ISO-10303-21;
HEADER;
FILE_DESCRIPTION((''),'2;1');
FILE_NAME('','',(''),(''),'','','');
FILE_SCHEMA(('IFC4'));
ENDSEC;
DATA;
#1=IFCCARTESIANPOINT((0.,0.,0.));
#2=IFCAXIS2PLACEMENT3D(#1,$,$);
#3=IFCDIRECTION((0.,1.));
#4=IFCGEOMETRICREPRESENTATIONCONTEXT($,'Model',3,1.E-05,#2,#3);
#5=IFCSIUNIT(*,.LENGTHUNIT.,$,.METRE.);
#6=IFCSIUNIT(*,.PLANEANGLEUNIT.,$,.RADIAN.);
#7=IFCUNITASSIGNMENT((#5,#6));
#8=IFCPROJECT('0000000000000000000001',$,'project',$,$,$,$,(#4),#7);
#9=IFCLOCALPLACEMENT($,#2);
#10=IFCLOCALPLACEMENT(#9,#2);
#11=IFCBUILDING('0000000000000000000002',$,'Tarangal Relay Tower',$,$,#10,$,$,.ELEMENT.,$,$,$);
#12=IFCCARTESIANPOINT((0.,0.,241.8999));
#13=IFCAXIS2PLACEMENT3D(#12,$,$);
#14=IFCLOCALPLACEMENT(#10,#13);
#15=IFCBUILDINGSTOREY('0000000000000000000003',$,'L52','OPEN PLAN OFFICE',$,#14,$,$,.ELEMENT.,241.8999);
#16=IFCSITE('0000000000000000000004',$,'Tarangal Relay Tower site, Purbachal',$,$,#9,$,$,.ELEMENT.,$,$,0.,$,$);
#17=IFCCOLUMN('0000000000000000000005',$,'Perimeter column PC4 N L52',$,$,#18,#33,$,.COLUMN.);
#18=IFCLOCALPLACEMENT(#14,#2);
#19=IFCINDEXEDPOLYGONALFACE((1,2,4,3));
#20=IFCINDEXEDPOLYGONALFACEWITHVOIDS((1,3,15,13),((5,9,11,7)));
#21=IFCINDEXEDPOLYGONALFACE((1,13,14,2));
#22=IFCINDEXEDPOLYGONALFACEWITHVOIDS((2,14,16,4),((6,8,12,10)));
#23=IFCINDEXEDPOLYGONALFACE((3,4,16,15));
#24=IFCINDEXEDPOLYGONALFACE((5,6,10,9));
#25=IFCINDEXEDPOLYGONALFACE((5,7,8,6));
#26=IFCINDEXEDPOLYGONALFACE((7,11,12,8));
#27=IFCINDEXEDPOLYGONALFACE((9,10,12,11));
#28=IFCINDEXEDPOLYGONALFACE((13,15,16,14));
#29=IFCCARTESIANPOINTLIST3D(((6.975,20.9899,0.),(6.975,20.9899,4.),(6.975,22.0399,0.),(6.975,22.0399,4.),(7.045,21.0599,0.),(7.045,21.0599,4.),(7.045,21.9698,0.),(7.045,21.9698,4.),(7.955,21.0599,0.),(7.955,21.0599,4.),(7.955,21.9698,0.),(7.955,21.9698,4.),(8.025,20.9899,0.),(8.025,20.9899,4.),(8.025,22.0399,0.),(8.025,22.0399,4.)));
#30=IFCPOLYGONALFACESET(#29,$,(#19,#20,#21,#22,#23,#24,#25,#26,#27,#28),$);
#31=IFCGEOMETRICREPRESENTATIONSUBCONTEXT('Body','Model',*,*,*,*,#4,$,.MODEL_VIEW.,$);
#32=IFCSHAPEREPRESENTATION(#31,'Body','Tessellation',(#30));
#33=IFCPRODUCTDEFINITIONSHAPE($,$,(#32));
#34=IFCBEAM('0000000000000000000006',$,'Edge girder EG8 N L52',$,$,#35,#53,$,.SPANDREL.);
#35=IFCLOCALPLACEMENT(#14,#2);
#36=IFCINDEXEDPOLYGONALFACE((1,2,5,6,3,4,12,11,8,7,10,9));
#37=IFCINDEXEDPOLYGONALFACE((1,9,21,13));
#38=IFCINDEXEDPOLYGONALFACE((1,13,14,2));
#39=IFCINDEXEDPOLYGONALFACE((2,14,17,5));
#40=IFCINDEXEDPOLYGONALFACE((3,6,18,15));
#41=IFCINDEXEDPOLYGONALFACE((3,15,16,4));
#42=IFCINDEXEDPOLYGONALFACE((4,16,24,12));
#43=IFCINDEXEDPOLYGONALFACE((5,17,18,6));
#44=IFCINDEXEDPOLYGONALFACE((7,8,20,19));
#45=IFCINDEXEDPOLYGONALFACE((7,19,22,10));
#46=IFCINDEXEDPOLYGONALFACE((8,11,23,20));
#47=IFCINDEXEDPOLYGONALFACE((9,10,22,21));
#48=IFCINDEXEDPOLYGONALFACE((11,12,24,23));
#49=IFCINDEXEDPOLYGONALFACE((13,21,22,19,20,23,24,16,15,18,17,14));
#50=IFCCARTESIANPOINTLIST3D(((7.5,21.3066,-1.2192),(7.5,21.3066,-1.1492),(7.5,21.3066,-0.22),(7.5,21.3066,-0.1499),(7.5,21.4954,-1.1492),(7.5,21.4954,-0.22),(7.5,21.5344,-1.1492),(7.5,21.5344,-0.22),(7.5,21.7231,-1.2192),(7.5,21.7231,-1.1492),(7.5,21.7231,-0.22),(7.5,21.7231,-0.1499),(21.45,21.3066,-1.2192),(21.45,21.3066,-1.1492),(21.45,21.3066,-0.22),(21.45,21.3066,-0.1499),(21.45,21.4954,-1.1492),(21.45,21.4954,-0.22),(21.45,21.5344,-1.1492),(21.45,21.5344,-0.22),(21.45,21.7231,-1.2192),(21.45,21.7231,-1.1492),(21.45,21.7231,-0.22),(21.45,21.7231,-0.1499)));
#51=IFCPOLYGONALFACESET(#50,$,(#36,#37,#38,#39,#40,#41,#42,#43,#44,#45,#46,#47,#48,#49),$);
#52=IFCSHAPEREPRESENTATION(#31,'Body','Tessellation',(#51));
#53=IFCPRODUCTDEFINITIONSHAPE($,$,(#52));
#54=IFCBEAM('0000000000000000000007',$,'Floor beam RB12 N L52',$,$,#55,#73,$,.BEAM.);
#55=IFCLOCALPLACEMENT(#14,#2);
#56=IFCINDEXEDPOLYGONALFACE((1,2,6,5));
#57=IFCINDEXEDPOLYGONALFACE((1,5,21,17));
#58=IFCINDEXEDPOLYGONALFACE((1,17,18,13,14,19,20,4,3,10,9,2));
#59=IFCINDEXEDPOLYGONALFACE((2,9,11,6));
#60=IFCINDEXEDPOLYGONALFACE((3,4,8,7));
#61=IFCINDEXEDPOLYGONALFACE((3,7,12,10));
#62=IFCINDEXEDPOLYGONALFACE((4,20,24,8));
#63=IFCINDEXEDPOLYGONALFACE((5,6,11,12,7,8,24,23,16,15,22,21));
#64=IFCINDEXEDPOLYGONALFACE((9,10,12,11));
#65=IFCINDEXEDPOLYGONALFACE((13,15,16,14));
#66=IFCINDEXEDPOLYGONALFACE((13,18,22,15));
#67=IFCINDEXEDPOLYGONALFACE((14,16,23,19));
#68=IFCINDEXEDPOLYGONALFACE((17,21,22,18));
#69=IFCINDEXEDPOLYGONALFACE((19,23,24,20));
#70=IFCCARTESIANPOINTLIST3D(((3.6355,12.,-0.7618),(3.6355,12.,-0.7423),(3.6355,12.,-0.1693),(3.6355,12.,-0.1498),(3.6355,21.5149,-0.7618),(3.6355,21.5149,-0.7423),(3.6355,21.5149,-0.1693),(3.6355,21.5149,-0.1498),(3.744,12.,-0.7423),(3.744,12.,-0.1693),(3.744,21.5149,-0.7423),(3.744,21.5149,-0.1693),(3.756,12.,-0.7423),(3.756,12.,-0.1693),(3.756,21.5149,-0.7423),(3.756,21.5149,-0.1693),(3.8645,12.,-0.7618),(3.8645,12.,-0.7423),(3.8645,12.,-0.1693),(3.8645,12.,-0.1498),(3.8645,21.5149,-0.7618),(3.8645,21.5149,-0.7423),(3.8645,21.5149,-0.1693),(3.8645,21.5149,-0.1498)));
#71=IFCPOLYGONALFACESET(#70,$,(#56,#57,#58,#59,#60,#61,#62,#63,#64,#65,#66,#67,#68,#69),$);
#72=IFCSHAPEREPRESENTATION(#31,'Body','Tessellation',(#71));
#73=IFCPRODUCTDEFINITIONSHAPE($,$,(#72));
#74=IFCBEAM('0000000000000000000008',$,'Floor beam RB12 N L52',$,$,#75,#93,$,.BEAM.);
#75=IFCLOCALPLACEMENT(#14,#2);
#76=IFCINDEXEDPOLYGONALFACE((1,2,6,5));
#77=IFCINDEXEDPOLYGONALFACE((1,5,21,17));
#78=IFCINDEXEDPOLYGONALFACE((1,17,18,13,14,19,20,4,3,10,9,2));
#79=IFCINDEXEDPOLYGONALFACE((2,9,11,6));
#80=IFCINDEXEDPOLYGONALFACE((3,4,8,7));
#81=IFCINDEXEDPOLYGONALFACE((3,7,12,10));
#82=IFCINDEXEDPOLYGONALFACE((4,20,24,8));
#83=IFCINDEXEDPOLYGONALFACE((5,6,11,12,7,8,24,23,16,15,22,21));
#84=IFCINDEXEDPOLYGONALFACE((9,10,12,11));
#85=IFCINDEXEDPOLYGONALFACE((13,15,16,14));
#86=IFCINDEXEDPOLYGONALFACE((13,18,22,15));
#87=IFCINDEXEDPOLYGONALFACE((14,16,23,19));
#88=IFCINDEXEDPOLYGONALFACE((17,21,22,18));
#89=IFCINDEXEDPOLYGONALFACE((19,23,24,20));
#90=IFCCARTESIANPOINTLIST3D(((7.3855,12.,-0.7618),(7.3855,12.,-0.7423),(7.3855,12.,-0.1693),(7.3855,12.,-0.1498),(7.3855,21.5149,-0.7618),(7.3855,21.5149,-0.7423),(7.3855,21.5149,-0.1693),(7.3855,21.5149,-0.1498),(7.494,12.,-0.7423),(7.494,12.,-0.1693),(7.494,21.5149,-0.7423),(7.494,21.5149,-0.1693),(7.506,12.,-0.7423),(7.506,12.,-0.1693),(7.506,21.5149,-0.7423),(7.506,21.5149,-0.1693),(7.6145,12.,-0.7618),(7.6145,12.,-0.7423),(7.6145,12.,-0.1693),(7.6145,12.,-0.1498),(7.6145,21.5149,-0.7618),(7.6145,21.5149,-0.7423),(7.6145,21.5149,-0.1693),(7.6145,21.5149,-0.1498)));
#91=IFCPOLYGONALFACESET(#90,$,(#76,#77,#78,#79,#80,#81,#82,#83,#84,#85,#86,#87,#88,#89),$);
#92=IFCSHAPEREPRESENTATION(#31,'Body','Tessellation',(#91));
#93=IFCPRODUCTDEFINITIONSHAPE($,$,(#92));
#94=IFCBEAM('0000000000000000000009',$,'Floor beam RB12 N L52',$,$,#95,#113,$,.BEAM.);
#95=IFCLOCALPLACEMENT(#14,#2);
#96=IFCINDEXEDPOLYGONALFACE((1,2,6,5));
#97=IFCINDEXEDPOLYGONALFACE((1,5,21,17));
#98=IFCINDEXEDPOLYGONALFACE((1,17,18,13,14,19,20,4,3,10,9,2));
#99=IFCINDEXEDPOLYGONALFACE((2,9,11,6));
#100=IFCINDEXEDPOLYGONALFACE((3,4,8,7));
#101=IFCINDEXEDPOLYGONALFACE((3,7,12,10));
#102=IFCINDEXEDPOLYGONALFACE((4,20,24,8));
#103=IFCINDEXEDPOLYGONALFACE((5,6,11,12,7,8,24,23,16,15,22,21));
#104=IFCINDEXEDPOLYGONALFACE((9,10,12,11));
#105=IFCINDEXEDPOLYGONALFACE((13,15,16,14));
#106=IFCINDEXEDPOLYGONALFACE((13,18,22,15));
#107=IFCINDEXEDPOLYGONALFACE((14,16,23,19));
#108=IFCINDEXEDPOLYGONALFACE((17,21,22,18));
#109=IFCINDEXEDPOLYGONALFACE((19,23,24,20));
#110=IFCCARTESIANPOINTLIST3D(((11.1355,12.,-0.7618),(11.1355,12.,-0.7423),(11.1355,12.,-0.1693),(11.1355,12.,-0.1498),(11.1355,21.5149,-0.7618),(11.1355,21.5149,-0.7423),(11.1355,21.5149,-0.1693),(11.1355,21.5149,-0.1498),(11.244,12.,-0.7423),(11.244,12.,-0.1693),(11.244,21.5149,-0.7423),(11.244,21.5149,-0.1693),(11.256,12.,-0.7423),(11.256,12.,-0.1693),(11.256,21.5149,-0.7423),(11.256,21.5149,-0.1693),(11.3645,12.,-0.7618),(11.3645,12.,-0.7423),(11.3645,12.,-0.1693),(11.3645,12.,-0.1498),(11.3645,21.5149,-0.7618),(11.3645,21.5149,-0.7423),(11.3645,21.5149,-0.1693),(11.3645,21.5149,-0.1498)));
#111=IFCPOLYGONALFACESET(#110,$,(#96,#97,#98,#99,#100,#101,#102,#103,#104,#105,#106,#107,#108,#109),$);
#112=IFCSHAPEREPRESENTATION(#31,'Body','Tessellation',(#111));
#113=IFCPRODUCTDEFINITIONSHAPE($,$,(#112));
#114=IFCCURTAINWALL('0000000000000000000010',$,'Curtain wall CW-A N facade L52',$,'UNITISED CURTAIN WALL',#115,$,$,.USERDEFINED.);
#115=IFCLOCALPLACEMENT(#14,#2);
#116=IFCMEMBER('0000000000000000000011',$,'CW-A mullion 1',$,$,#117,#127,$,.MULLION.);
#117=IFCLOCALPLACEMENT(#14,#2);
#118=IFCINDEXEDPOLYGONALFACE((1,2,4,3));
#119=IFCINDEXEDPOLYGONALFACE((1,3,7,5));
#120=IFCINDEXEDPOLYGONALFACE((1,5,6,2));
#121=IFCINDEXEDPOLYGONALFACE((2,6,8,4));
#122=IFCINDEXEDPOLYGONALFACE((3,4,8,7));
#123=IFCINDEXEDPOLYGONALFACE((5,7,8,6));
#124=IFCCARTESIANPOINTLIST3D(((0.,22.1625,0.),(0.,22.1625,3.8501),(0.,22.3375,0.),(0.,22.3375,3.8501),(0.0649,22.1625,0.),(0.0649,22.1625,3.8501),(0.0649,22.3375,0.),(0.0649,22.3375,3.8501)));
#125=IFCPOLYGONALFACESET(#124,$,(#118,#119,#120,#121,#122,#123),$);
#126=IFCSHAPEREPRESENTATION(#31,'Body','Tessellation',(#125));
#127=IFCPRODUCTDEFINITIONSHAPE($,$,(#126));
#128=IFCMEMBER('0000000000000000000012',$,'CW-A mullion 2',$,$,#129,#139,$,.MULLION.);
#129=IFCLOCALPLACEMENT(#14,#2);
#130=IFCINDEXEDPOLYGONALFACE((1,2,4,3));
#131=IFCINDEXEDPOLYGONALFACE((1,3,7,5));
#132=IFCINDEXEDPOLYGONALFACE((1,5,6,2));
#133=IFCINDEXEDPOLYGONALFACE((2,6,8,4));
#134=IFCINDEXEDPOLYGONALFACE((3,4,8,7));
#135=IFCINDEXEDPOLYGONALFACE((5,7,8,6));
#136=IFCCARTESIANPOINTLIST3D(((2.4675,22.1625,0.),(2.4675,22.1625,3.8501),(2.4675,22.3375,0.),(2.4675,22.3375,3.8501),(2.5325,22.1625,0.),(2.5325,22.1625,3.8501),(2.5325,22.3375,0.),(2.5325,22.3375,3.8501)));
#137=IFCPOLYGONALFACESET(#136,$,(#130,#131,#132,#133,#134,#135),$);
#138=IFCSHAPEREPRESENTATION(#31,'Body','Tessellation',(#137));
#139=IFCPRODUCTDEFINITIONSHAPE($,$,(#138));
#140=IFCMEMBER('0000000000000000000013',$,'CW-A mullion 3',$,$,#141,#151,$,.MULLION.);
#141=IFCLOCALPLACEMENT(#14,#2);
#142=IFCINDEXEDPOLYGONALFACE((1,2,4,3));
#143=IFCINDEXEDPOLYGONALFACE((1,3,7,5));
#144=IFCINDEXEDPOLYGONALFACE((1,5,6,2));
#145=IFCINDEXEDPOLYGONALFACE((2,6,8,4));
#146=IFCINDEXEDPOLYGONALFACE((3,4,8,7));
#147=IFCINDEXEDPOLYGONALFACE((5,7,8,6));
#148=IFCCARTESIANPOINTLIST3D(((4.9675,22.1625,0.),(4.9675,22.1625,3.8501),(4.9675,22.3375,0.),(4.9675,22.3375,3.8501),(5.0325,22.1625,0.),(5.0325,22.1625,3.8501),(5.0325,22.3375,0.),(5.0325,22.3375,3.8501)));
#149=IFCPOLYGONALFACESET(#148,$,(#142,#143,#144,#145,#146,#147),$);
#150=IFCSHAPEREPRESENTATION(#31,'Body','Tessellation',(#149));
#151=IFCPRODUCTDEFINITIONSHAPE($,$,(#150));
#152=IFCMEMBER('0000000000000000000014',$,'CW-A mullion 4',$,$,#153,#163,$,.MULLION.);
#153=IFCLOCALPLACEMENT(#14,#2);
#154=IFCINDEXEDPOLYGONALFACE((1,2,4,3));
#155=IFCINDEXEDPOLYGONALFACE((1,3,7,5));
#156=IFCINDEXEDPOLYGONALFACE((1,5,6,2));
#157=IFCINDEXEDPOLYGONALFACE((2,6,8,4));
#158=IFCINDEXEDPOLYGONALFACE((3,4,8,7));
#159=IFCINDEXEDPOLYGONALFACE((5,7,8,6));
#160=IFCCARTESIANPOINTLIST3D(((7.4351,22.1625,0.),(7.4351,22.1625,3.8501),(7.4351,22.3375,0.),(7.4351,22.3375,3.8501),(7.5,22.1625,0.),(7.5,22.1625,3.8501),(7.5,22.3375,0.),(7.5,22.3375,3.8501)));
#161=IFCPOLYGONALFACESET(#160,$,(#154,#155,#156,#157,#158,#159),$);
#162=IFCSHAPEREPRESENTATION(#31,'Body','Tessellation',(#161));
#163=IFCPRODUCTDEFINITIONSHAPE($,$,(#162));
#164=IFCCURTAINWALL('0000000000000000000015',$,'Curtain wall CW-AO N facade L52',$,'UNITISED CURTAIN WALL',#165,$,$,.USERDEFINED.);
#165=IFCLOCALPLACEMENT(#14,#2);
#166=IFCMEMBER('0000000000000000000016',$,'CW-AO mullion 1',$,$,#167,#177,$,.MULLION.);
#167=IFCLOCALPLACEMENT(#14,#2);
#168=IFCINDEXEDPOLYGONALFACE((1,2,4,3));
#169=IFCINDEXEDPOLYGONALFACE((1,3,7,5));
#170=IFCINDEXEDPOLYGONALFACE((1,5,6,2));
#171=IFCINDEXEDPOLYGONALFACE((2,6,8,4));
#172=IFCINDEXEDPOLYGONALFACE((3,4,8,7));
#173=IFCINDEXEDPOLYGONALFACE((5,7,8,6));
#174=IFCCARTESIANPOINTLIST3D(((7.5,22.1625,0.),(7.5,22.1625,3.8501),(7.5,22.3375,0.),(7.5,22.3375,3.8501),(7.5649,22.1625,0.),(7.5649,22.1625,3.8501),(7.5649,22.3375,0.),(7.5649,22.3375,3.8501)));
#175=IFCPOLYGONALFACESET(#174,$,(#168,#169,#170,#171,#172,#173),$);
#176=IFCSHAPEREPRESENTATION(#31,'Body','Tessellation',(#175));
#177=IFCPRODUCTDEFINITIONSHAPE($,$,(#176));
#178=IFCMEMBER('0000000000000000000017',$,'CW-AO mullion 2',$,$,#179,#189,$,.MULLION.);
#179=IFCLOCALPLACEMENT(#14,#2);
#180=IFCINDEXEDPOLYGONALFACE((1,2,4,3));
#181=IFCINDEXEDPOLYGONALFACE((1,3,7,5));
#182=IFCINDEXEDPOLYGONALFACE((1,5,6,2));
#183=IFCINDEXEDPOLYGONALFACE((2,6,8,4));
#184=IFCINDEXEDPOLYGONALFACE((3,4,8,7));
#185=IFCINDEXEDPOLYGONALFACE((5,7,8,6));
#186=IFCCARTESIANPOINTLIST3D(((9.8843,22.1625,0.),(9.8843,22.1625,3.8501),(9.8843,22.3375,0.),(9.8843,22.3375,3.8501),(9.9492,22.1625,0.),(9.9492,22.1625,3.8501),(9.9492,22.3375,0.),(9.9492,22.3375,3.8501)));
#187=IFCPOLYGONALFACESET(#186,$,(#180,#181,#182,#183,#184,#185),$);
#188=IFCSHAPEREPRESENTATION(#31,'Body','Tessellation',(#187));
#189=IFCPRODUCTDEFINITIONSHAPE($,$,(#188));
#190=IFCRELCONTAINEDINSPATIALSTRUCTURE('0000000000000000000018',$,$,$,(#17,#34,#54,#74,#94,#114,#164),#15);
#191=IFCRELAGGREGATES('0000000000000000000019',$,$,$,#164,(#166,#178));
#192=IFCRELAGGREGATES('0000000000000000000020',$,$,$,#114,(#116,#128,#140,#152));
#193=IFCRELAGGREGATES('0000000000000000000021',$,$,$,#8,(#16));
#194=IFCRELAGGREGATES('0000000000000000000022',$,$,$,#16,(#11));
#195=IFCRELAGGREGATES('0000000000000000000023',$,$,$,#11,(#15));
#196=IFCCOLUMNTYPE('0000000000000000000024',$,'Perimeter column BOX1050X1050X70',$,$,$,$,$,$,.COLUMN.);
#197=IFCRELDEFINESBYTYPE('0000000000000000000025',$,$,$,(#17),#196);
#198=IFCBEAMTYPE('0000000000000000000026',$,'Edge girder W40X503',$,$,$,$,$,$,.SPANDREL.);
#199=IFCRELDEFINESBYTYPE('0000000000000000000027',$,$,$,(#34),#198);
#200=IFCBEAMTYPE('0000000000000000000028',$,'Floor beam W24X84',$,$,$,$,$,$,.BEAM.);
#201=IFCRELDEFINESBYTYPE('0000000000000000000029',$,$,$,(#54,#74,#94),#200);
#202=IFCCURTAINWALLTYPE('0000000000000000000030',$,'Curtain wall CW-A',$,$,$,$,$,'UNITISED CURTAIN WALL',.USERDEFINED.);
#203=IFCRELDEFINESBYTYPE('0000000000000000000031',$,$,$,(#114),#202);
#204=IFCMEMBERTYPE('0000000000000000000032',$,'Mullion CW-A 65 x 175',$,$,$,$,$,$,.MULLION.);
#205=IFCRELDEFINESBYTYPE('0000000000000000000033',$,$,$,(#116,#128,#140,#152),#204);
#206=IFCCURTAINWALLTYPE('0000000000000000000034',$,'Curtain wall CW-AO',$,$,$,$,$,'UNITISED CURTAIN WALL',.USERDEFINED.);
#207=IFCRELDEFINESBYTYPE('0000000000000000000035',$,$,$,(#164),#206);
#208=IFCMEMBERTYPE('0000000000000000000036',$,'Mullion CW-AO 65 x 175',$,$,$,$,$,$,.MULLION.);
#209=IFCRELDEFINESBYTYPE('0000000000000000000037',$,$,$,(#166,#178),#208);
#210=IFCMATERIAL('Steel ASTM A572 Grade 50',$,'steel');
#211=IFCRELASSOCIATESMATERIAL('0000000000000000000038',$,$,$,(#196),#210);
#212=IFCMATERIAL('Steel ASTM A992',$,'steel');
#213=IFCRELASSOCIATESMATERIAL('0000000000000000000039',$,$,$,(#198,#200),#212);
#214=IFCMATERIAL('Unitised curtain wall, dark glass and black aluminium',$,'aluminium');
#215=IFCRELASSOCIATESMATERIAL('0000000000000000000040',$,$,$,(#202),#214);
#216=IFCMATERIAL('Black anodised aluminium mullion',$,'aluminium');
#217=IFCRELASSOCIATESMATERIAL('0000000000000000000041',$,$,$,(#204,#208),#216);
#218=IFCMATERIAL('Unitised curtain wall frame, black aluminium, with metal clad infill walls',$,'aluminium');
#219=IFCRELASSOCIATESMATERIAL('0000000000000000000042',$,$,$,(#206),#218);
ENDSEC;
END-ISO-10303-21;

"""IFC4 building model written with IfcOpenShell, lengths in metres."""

from ifc_helpers import new_model, si_unit, direction, frame, origin, origin_2d, place, context, subcontext, project, spatial, rectangle, hollow_rectangle, i_section, extrude, material, material_profile, profile_set, type_object, element, aggregate, save


model = new_model("IFC4")

# Units and contexts
model_context = context("Model", 3, precision=1e-05, world=origin(), true_north=direction((0.0, 1.0)))
body_context = subcontext(model_context, "Body", "Model", "MODEL_VIEW")
ifc_project = project(units=[si_unit("LENGTHUNIT", "METRE"), si_unit("PLANEANGLEUNIT", "RADIAN")], contexts=[model_context])

# Site, building, storey
site_placement = place(None, origin())
site = spatial("IfcSite", under=ifc_project, at=site_placement, Name="Tarangal Relay Tower site, Purbachal", CompositionType="ELEMENT", RefElevation=0.0)
building_placement = place(site_placement, origin())
building = spatial("IfcBuilding", under=site, at=building_placement, Name="Tarangal Relay Tower", CompositionType="ELEMENT")
storey_placement = place(building_placement, frame((0.0, 0.0, 241.8999)))
storey = spatial("IfcBuildingStorey", under=building, at=storey_placement, Name="L52", Description="OPEN PLAN OFFICE", CompositionType="ELEMENT", Elevation=241.8999)

# Column
ifc_material_1 = material(Name="Steel ASTM A572 Grade 50", Category="steel")
ifc_material_profile_1 = material_profile(ifc_material_1, hollow_rectangle(XDim=1.05, YDim=1.05, WallThickness=0.0701, at=origin_2d()), Name="BOX1050X1050X70")
ifc_profile_set_1 = profile_set([ifc_material_profile_1], Name="Steel ASTM A572 Grade 50")
column_type = type_object("IfcColumnType", Name="Perimeter column BOX1050X1050X70", PredefinedType="COLUMN", material=ifc_profile_set_1)
column_placement = place(storey_placement, frame((7.5, 21.5149, 0.0), z_axis=(0.0, 0.0, 1.0), x_axis=(1.0, 0.0, 0.0)))
element("IfcColumn", 1, at=column_placement, inside=storey, type_object=column_type, Name="Perimeter column PC4 N L52", PredefinedType="COLUMN", context=body_context, shape_type="SweptSolid", body=[
    extrude(hollow_rectangle(XDim=1.05, YDim=1.05, WallThickness=0.0701, at=origin_2d()), origin(), (0.0, 0.0, 1.0), 4.0),
])

# Beams
ifc_material_2 = material(Name="Steel ASTM A992", Category="steel")
ifc_material_profile_2 = material_profile(ifc_material_2, i_section(OverallWidth=0.4165, OverallDepth=1.0693, WebThickness=0.0391, FlangeThickness=0.0701, at=origin_2d()), Name="W40X503")
ifc_profile_set_2 = profile_set([ifc_material_profile_2], Name="Steel ASTM A992")
beam_type_1 = type_object("IfcBeamType", Name="Edge girder W40X503", PredefinedType="SPANDREL", material=ifc_profile_set_2)
beam_placement = place(storey_placement, frame((7.5, 21.5149, -0.6846), z_axis=(1.0, 0.0, 0.0), x_axis=(0.0, 1.0, 0.0)))
element("IfcBeam", 2, at=beam_placement, inside=storey, type_object=beam_type_1, Name="Edge girder EG8 N L52", PredefinedType="SPANDREL", context=body_context, shape_type="SweptSolid", body=[
    extrude(i_section(OverallWidth=0.4165, OverallDepth=1.0693, WebThickness=0.0391, FlangeThickness=0.0701, at=origin_2d()), origin(), (0.0, 0.0, 1.0), 13.95),
])
ifc_material_profile_3 = material_profile(ifc_material_2, i_section(OverallWidth=0.229, OverallDepth=0.6121, WebThickness=0.012, FlangeThickness=0.0195, at=origin_2d()), Name="W24X84")
ifc_profile_set_3 = profile_set([ifc_material_profile_3], Name="Steel ASTM A992")
beam_type_2 = type_object("IfcBeamType", Name="Floor beam W24X84", PredefinedType="BEAM", material=ifc_profile_set_3)
for number, where, z_axis, x_axis, name in (
    (3, (3.75, 12.0, -0.4558), (0.0, 1.0, 0.0), (-1.0, 0.0, 0.0), "Floor beam RB12 N L52"),
    (4, (7.5, 12.0, -0.4558), (0.0, 1.0, 0.0), (-1.0, 0.0, 0.0), "Floor beam RB12 N L52"),
    (5, (11.25, 12.0, -0.4558), (0.0, 1.0, 0.0), (-1.0, 0.0, 0.0), "Floor beam RB12 N L52"),
):
    element("IfcBeam", number, at=place(storey_placement, frame(where, z_axis=z_axis, x_axis=x_axis)), inside=storey, type_object=beam_type_2, Name=name, PredefinedType="BEAM", context=body_context, shape_type="SweptSolid", body=[
        extrude(i_section(OverallWidth=0.229, OverallDepth=0.6121, WebThickness=0.012, FlangeThickness=0.0195, at=origin_2d()), origin(), (0.0, 0.0, 1.0), 9.5149),
    ])

# Curtain walls, members
ifc_material_3 = material(Name="Unitised curtain wall, dark glass and black aluminium", Category="aluminium")
curtain_wall_type_1 = type_object("IfcCurtainWallType", Name="Curtain wall CW-A", ElementType="UNITISED CURTAIN WALL", PredefinedType="USERDEFINED", material=ifc_material_3)
curtain_wall_1_placement = place(storey_placement, origin())
curtain_wall_1 = element("IfcCurtainWall", 6, at=curtain_wall_1_placement, inside=storey, type_object=curtain_wall_type_1, Name="Curtain wall CW-A N facade L52", ObjectType="UNITISED CURTAIN WALL", PredefinedType="USERDEFINED")
ifc_material_4 = material(Name="Black anodised aluminium mullion", Category="aluminium")
ifc_material_profile_4 = material_profile(ifc_material_4, rectangle(XDim=0.175, YDim=0.0649, at=origin_2d()), Name="CW-AM 65X175")
ifc_profile_set_4 = profile_set([ifc_material_profile_4], Name="Black anodised aluminium mullion")
member_type_1 = type_object("IfcMemberType", Name="Mullion CW-A 65 x 175", PredefinedType="MULLION", material=ifc_profile_set_4)
member_1_placement = place(storey_placement, frame((0.0325, 22.25, 0.0), z_axis=(0.0, 0.0, 1.0), x_axis=(0.0, 1.0, 0.0)))
member_1 = element("IfcMember", 7, at=member_1_placement, type_object=member_type_1, Name="CW-A mullion 1", PredefinedType="MULLION", context=body_context, shape_type="SweptSolid", body=[
    extrude(rectangle(XDim=0.175, YDim=0.0649, at=origin_2d()), origin(), (0.0, 0.0, 1.0), 3.8501),
])
member_2_placement = place(storey_placement, frame((2.5, 22.25, 0.0), z_axis=(0.0, 0.0, 1.0), x_axis=(0.0, 1.0, 0.0)))
member_2 = element("IfcMember", 8, at=member_2_placement, type_object=member_type_1, Name="CW-A mullion 2", PredefinedType="MULLION", context=body_context, shape_type="SweptSolid", body=[
    extrude(rectangle(XDim=0.175, YDim=0.0649, at=origin_2d()), origin(), (0.0, 0.0, 1.0), 3.8501),
])
member_3_placement = place(storey_placement, frame((5.0, 22.25, 0.0), z_axis=(0.0, 0.0, 1.0), x_axis=(0.0, 1.0, 0.0)))
member_3 = element("IfcMember", 9, at=member_3_placement, type_object=member_type_1, Name="CW-A mullion 3", PredefinedType="MULLION", context=body_context, shape_type="SweptSolid", body=[
    extrude(rectangle(XDim=0.175, YDim=0.0649, at=origin_2d()), origin(), (0.0, 0.0, 1.0), 3.8501),
])
member_4_placement = place(storey_placement, frame((7.4675, 22.25, 0.0), z_axis=(0.0, 0.0, 1.0), x_axis=(0.0, 1.0, 0.0)))
member_4 = element("IfcMember", 10, at=member_4_placement, type_object=member_type_1, Name="CW-A mullion 4", PredefinedType="MULLION", context=body_context, shape_type="SweptSolid", body=[
    extrude(rectangle(XDim=0.175, YDim=0.0649, at=origin_2d()), origin(), (0.0, 0.0, 1.0), 3.8501),
])
ifc_material_5 = material(Name="Unitised curtain wall frame, black aluminium, with metal clad infill walls", Category="aluminium")
curtain_wall_type_2 = type_object("IfcCurtainWallType", Name="Curtain wall CW-AO", ElementType="UNITISED CURTAIN WALL", PredefinedType="USERDEFINED", material=ifc_material_5)
curtain_wall_2_placement = place(storey_placement, origin())
curtain_wall_2 = element("IfcCurtainWall", 11, at=curtain_wall_2_placement, inside=storey, type_object=curtain_wall_type_2, Name="Curtain wall CW-AO N facade L52", ObjectType="UNITISED CURTAIN WALL", PredefinedType="USERDEFINED")
ifc_material_profile_5 = material_profile(ifc_material_4, rectangle(XDim=0.175, YDim=0.0649, at=origin_2d()), Name="CW-AOM 65X175")
ifc_profile_set_5 = profile_set([ifc_material_profile_5], Name="Black anodised aluminium mullion")
member_type_2 = type_object("IfcMemberType", Name="Mullion CW-AO 65 x 175", PredefinedType="MULLION", material=ifc_profile_set_5)
member_5_placement = place(storey_placement, frame((7.5325, 22.25, 0.0), z_axis=(0.0, 0.0, 1.0), x_axis=(0.0, 1.0, 0.0)))
member_5 = element("IfcMember", 12, at=member_5_placement, type_object=member_type_2, Name="CW-AO mullion 1", PredefinedType="MULLION", context=body_context, shape_type="SweptSolid", body=[
    extrude(rectangle(XDim=0.175, YDim=0.0649, at=origin_2d()), origin(), (0.0, 0.0, 1.0), 3.8501),
])
member_6_placement = place(storey_placement, frame((9.9167, 22.25, 0.0), z_axis=(0.0, 0.0, 1.0), x_axis=(0.0, 1.0, 0.0)))
member_6 = element("IfcMember", 13, at=member_6_placement, type_object=member_type_2, Name="CW-AO mullion 2", PredefinedType="MULLION", context=body_context, shape_type="SweptSolid", body=[
    extrude(rectangle(XDim=0.175, YDim=0.0649, at=origin_2d()), origin(), (0.0, 0.0, 1.0), 3.8501),
])

aggregate(curtain_wall_2, [member_5, member_6])

aggregate(curtain_wall_1, [member_1, member_2, member_3, member_4])

save(model, "model.ifc")
